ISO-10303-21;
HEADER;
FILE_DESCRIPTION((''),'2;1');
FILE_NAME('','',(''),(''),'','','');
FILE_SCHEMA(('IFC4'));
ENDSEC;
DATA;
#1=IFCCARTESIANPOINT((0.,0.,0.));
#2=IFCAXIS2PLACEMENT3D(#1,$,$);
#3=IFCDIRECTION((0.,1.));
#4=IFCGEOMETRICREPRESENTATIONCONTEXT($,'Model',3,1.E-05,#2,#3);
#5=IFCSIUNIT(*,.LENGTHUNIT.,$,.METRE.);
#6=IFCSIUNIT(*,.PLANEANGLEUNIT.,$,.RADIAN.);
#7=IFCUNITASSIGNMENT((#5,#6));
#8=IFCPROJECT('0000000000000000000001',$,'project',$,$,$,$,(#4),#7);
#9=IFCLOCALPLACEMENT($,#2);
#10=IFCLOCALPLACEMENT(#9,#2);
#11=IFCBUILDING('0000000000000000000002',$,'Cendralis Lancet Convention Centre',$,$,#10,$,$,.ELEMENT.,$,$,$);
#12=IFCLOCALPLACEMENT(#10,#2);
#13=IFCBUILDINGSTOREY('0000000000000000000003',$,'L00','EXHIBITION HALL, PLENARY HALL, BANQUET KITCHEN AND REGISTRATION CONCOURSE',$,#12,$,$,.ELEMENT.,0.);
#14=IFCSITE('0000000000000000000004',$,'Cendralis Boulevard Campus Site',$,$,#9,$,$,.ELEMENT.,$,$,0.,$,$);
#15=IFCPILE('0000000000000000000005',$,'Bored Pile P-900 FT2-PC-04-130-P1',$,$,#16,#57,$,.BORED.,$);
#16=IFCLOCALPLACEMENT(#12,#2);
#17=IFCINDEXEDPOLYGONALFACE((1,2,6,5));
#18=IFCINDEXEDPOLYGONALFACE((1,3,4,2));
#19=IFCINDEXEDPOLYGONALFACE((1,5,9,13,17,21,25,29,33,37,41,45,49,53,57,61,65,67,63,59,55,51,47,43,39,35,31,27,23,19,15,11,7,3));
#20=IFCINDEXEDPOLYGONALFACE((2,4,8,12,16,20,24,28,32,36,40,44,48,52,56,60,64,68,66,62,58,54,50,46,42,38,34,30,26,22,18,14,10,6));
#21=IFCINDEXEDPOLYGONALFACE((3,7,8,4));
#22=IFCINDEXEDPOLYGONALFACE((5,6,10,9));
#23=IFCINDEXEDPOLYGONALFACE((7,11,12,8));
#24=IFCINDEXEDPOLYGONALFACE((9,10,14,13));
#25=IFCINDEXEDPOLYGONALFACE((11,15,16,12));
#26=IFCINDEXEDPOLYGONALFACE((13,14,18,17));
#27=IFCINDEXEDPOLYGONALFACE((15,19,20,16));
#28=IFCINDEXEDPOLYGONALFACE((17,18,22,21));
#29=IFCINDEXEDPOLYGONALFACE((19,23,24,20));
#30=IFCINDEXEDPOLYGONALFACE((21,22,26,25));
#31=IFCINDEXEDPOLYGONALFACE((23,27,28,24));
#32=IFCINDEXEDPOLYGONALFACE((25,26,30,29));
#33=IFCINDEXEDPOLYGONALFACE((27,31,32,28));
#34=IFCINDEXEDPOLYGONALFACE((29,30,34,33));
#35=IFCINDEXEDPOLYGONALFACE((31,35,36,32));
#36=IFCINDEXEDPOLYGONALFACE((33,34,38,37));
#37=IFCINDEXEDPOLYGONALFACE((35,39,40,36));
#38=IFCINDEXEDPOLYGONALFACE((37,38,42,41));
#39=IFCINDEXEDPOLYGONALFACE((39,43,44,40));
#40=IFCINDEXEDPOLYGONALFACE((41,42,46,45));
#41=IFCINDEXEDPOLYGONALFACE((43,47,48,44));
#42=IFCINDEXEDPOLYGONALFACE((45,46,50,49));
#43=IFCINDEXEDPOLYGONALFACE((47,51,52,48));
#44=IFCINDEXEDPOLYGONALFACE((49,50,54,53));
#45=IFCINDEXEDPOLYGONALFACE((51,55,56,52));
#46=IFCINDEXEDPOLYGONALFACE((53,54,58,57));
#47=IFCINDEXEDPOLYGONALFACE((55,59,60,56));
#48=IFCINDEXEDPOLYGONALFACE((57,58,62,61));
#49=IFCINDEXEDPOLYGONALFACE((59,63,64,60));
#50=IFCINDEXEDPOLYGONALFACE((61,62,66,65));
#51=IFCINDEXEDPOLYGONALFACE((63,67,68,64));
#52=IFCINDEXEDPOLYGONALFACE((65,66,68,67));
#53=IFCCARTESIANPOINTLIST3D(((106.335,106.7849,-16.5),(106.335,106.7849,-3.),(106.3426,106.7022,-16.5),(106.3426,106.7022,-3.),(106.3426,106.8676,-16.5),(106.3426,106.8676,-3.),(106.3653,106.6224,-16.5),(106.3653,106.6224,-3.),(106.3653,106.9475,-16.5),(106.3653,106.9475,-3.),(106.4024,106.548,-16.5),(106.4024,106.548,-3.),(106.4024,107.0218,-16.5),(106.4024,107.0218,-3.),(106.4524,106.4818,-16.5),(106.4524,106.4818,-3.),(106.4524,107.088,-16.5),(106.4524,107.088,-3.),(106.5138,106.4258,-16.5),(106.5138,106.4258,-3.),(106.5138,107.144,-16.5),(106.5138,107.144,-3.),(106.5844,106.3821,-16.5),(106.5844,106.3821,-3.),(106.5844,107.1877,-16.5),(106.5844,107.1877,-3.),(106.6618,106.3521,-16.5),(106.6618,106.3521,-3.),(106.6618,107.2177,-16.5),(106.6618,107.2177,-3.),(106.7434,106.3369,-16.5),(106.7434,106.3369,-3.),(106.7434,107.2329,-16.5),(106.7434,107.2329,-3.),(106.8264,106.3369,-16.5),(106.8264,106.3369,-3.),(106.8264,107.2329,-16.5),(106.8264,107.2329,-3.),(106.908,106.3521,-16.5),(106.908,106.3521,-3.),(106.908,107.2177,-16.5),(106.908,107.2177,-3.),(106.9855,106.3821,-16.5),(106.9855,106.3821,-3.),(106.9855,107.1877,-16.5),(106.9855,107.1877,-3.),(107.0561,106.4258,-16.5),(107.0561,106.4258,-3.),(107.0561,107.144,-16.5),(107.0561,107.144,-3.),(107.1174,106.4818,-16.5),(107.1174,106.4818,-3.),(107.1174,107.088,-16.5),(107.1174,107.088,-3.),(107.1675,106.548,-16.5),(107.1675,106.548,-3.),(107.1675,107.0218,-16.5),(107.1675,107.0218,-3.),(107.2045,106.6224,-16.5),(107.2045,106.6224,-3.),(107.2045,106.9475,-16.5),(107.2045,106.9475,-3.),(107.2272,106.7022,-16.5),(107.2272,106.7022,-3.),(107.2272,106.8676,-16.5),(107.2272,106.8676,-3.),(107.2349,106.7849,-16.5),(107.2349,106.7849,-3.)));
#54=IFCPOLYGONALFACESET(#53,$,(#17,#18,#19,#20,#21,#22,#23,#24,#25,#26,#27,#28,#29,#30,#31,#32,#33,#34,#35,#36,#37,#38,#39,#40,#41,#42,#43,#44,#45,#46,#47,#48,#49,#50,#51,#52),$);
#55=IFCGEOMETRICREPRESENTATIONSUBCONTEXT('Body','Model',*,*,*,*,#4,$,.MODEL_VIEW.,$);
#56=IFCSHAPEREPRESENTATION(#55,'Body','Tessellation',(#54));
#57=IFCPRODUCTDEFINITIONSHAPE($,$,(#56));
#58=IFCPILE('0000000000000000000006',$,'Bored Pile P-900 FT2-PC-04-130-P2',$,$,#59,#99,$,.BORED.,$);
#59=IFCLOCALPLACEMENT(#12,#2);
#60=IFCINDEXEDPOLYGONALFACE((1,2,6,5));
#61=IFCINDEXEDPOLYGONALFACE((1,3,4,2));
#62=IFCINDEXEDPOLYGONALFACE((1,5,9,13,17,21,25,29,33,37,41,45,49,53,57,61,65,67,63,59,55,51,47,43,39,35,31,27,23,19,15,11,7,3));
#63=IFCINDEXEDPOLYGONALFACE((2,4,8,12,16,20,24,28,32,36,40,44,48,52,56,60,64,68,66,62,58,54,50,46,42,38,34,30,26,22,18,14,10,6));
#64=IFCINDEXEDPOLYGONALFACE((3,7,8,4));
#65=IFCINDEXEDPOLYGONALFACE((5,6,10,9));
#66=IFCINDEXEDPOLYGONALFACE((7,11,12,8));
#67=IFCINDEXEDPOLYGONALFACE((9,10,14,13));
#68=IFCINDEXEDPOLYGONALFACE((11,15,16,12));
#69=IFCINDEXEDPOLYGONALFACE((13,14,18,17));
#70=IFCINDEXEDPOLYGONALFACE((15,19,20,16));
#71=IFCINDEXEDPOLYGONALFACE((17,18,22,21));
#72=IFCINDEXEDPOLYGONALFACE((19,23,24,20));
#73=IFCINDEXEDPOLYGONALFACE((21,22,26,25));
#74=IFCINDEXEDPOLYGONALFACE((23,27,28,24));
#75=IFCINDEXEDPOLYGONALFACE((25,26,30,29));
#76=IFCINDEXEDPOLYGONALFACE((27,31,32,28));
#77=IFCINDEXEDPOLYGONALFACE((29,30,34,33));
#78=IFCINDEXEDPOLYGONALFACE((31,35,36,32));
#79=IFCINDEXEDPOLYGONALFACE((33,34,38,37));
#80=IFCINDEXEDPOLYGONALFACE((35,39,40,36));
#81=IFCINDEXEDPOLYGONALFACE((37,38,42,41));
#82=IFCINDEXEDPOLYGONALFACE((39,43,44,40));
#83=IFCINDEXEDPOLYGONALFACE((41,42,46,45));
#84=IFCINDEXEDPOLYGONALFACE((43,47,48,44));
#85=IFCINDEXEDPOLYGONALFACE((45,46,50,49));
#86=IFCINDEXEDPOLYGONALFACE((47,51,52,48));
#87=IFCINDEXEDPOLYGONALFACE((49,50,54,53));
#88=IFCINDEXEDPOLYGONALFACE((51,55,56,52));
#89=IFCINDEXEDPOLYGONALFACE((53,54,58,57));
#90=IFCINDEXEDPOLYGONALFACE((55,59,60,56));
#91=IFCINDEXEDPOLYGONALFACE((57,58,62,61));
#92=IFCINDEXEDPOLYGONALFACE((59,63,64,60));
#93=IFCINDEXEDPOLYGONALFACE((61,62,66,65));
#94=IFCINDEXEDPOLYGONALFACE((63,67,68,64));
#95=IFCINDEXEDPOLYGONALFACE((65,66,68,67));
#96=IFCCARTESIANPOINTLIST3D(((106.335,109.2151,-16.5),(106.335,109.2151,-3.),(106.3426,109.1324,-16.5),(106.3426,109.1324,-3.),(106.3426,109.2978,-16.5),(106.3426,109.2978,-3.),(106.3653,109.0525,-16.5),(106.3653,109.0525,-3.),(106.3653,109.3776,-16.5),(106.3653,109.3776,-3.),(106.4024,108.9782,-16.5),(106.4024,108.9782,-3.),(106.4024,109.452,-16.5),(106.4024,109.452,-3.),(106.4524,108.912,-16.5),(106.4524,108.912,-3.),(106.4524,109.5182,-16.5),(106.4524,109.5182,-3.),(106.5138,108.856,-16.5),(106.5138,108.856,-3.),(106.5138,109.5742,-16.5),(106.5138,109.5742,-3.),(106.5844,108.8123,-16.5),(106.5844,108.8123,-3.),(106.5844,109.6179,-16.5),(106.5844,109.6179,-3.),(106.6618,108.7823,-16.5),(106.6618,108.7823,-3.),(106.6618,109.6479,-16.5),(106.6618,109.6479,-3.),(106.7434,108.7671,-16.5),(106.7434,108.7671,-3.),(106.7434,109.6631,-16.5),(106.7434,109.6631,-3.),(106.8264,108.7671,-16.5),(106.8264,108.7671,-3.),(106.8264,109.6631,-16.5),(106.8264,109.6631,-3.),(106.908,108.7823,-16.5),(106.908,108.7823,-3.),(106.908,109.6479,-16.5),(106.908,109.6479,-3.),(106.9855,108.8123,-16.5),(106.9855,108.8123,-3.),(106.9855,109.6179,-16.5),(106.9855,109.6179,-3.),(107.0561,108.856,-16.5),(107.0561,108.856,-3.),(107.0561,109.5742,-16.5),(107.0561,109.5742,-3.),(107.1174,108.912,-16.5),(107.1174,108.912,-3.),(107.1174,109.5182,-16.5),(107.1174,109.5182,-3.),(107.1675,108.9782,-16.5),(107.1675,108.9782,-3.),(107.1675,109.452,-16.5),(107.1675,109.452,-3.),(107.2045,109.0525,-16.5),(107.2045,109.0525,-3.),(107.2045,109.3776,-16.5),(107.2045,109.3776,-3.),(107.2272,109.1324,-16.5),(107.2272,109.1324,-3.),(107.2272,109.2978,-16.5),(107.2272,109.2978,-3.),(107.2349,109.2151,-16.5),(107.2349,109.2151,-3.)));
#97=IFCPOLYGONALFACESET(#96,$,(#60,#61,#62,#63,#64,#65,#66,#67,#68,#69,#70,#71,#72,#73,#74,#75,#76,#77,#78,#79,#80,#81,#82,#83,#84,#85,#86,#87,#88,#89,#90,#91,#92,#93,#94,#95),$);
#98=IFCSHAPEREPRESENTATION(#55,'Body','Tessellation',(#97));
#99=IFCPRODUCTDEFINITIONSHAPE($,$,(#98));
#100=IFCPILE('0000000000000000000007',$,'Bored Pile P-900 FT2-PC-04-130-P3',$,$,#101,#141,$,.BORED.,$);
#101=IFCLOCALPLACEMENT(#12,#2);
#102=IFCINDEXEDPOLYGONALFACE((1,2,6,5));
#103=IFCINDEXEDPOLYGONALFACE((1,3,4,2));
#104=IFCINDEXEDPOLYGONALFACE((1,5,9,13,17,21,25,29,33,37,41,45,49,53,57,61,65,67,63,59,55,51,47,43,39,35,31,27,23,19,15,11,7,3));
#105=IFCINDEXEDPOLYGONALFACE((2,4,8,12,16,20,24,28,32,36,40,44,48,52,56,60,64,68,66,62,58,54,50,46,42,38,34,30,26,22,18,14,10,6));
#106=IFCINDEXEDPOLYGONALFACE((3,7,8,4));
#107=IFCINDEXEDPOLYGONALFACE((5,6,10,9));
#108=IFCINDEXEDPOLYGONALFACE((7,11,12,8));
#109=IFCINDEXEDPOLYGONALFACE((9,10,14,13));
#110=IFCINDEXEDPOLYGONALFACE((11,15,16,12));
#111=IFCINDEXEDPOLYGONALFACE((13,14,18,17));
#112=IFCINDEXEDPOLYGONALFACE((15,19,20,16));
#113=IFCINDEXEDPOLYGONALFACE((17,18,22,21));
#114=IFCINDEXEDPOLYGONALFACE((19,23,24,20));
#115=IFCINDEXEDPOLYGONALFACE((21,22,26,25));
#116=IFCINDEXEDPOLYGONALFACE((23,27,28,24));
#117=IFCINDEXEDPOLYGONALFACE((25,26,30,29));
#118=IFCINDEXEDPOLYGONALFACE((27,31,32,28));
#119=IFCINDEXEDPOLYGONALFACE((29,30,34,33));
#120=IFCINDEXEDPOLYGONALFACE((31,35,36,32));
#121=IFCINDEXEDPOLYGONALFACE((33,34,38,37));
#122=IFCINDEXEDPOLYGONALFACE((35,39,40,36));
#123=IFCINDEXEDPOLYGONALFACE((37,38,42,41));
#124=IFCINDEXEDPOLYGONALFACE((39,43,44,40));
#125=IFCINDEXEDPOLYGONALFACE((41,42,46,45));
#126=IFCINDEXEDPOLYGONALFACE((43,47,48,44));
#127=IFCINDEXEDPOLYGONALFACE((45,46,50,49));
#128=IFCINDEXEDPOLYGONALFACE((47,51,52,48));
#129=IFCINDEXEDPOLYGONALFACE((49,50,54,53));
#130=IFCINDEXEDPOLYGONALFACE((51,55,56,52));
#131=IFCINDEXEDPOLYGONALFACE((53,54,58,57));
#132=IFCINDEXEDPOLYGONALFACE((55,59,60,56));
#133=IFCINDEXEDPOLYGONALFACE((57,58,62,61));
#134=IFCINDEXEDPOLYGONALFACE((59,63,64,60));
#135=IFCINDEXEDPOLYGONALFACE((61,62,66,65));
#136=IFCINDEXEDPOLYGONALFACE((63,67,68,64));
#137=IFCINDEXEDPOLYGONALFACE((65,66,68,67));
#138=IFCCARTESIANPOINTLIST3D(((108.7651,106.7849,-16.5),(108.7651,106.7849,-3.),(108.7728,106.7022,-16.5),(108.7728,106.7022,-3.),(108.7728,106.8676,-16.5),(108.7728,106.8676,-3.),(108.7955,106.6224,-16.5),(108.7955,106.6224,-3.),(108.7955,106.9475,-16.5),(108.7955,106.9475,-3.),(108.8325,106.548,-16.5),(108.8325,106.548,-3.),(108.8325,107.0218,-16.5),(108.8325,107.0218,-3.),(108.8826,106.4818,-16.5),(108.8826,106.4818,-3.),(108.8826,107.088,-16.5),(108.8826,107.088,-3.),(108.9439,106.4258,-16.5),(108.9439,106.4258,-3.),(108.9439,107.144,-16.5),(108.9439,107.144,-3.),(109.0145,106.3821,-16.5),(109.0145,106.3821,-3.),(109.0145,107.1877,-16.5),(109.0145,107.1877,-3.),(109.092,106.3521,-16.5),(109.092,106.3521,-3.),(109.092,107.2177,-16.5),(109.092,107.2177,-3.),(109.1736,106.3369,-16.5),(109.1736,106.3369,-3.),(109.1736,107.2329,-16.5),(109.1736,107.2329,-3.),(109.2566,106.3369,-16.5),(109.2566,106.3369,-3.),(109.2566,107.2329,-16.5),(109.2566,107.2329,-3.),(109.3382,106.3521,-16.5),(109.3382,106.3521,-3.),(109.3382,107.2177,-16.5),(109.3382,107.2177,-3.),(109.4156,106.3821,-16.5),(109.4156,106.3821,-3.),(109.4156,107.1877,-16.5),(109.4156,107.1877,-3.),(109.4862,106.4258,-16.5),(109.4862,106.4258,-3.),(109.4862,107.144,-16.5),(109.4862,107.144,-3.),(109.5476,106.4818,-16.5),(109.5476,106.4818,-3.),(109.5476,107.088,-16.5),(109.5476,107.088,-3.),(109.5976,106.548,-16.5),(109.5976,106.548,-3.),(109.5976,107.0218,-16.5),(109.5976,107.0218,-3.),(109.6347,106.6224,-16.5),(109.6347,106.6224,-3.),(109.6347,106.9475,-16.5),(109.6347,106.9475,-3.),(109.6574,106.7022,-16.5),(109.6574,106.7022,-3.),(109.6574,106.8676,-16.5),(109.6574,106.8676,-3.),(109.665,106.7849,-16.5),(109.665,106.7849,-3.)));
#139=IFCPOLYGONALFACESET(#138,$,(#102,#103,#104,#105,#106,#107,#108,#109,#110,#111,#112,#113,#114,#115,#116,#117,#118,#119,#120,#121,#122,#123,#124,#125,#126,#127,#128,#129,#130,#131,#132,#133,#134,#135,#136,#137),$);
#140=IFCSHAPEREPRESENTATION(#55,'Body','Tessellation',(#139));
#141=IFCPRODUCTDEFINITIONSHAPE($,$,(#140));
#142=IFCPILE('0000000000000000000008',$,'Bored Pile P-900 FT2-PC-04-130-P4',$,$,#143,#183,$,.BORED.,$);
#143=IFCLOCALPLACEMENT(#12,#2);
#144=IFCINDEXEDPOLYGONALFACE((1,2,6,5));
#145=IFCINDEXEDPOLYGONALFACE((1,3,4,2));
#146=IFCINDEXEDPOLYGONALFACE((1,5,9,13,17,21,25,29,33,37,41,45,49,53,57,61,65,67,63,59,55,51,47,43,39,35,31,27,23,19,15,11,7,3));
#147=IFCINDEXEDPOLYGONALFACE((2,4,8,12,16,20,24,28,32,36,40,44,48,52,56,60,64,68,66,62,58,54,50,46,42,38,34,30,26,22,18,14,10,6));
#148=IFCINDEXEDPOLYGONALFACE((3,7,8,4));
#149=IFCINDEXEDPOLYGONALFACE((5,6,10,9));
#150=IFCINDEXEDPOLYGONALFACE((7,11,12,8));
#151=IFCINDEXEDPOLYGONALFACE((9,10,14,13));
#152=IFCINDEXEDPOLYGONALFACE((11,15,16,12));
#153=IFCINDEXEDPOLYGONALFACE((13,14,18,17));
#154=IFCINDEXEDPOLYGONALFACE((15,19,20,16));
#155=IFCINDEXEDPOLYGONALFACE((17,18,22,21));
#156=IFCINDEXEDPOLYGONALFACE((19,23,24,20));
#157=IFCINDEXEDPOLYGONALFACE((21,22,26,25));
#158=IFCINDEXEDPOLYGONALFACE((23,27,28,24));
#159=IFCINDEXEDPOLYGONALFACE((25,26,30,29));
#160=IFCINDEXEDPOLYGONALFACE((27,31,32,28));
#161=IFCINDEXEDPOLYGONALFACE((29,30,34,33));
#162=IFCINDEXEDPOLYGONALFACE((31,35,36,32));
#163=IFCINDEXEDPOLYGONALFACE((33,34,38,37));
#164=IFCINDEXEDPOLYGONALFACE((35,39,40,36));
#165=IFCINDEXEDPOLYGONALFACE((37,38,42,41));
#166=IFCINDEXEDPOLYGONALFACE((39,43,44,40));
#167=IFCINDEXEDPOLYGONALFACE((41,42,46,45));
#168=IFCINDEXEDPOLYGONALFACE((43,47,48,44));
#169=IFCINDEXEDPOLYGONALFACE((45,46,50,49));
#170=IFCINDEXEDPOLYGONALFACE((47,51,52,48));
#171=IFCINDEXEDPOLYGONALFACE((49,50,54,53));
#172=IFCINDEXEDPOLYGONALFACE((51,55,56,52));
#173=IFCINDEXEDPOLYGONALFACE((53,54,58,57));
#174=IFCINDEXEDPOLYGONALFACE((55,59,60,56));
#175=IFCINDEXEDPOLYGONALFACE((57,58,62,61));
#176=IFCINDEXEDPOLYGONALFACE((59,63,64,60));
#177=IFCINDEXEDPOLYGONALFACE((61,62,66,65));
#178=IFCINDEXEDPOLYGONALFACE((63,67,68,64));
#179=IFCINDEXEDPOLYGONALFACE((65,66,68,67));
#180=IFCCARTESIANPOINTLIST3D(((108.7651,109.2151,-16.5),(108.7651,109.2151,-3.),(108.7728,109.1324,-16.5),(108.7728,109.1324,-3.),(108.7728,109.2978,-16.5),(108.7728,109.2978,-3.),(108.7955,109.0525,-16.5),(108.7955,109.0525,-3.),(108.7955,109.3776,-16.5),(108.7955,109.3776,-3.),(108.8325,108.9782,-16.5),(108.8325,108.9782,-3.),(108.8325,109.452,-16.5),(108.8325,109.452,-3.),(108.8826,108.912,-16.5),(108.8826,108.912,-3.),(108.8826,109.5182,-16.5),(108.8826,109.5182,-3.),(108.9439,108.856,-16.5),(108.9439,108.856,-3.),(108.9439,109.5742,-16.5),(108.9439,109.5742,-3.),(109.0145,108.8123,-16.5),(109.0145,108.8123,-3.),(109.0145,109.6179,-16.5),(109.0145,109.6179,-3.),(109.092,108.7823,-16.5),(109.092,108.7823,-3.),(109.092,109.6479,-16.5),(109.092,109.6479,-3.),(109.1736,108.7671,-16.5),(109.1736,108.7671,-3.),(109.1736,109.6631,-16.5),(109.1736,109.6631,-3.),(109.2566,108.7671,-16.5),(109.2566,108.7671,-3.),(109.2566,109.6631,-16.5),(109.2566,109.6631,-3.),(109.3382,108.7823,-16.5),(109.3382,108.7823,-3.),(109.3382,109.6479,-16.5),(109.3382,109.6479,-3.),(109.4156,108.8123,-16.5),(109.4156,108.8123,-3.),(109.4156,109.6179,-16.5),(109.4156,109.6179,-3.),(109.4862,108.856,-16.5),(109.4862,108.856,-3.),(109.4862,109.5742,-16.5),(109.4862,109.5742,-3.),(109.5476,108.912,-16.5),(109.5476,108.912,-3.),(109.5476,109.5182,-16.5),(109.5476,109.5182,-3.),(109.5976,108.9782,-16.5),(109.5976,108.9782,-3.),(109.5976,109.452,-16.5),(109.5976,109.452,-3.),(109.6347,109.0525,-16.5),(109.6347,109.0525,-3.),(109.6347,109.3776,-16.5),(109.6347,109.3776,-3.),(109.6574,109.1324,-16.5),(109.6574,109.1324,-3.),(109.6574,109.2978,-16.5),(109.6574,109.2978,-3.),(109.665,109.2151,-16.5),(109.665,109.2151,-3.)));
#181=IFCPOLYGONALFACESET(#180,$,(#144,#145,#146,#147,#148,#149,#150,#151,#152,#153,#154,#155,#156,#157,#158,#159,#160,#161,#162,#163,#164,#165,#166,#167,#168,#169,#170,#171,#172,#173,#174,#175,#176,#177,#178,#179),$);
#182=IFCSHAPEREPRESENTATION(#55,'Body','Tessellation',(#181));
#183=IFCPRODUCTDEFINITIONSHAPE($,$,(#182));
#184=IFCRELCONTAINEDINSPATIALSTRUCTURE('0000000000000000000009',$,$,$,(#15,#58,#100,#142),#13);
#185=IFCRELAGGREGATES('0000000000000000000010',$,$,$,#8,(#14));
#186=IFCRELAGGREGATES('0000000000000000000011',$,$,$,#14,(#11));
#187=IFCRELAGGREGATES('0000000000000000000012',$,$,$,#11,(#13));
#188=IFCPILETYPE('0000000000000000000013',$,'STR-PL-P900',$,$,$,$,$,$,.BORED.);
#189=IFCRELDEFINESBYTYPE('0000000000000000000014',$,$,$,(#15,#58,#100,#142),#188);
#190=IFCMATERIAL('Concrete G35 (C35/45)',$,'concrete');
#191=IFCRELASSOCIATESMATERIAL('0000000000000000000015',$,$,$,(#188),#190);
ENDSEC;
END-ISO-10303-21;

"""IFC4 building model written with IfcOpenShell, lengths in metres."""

from ifc_helpers import new_model, si_unit, direction, frame, origin, origin_2d, place, context, subcontext, project, spatial, circle, extrude, material, material_profile, profile_set, type_object, element, save


model = new_model("IFC4")

# Units and contexts
model_context = context("Model", 3, precision=1e-05, world=origin(), true_north=direction((0.0, 1.0)))
body_context = subcontext(model_context, "Body", "Model", "MODEL_VIEW")
ifc_project = project(units=[si_unit("LENGTHUNIT", "METRE"), si_unit("PLANEANGLEUNIT", "RADIAN")], contexts=[model_context])

# Site, building, storey
site_placement = place(None, origin())
site = spatial("IfcSite", under=ifc_project, at=site_placement, Name="Cendralis Boulevard Campus Site", CompositionType="ELEMENT", RefElevation=0.0)
building_placement = place(site_placement, origin())
building = spatial("IfcBuilding", under=site, at=building_placement, Name="Cendralis Lancet Convention Centre", CompositionType="ELEMENT")
storey_placement = place(building_placement, origin())
storey = spatial("IfcBuildingStorey", under=building, at=storey_placement, Name="L00", Description="EXHIBITION HALL, PLENARY HALL, BANQUET KITCHEN AND REGISTRATION CONCOURSE", CompositionType="ELEMENT", Elevation=0.0)

# Shared definitions
ifc_material_1 = material(Name="Concrete G35 (C35/45)", Category="concrete")

# Piles
ifc_material_profile_1 = material_profile(ifc_material_1, circle(Radius=0.45, at=origin_2d()), Name="BORED PILE D900")
ifc_profile_set_1 = profile_set([ifc_material_profile_1], Name="Concrete G35 (C35/45)")
pile_type = type_object("IfcPileType", Name="STR-PL-P900", PredefinedType="BORED", material=ifc_profile_set_1)
for number, where, z_axis, x_axis, name in (
    (1, (106.7849, 106.7849, -3.0), (0.0, 0.0, -1.0), (1.0, 0.0, 0.0), "Bored Pile P-900 FT2-PC-04-130-P1"),
    (2, (106.7849, 109.2151, -3.0), (0.0, 0.0, -1.0), (1.0, 0.0, 0.0), "Bored Pile P-900 FT2-PC-04-130-P2"),
    (3, (109.2151, 106.7849, -3.0), (0.0, 0.0, -1.0), (1.0, 0.0, 0.0), "Bored Pile P-900 FT2-PC-04-130-P3"),
    (4, (109.2151, 109.2151, -3.0), (0.0, 0.0, -1.0), (1.0, 0.0, 0.0), "Bored Pile P-900 FT2-PC-04-130-P4"),
):
    element("IfcPile", number, at=place(storey_placement, frame(where, z_axis=z_axis, x_axis=x_axis)), inside=storey, type_object=pile_type, Name=name, PredefinedType="BORED", context=body_context, shape_type="SweptSolid", body=[
        extrude(circle(Radius=0.45, at=origin_2d()), origin(), (0.0, 0.0, 1.0), 13.5),
    ])

save(model, "model.ifc")
